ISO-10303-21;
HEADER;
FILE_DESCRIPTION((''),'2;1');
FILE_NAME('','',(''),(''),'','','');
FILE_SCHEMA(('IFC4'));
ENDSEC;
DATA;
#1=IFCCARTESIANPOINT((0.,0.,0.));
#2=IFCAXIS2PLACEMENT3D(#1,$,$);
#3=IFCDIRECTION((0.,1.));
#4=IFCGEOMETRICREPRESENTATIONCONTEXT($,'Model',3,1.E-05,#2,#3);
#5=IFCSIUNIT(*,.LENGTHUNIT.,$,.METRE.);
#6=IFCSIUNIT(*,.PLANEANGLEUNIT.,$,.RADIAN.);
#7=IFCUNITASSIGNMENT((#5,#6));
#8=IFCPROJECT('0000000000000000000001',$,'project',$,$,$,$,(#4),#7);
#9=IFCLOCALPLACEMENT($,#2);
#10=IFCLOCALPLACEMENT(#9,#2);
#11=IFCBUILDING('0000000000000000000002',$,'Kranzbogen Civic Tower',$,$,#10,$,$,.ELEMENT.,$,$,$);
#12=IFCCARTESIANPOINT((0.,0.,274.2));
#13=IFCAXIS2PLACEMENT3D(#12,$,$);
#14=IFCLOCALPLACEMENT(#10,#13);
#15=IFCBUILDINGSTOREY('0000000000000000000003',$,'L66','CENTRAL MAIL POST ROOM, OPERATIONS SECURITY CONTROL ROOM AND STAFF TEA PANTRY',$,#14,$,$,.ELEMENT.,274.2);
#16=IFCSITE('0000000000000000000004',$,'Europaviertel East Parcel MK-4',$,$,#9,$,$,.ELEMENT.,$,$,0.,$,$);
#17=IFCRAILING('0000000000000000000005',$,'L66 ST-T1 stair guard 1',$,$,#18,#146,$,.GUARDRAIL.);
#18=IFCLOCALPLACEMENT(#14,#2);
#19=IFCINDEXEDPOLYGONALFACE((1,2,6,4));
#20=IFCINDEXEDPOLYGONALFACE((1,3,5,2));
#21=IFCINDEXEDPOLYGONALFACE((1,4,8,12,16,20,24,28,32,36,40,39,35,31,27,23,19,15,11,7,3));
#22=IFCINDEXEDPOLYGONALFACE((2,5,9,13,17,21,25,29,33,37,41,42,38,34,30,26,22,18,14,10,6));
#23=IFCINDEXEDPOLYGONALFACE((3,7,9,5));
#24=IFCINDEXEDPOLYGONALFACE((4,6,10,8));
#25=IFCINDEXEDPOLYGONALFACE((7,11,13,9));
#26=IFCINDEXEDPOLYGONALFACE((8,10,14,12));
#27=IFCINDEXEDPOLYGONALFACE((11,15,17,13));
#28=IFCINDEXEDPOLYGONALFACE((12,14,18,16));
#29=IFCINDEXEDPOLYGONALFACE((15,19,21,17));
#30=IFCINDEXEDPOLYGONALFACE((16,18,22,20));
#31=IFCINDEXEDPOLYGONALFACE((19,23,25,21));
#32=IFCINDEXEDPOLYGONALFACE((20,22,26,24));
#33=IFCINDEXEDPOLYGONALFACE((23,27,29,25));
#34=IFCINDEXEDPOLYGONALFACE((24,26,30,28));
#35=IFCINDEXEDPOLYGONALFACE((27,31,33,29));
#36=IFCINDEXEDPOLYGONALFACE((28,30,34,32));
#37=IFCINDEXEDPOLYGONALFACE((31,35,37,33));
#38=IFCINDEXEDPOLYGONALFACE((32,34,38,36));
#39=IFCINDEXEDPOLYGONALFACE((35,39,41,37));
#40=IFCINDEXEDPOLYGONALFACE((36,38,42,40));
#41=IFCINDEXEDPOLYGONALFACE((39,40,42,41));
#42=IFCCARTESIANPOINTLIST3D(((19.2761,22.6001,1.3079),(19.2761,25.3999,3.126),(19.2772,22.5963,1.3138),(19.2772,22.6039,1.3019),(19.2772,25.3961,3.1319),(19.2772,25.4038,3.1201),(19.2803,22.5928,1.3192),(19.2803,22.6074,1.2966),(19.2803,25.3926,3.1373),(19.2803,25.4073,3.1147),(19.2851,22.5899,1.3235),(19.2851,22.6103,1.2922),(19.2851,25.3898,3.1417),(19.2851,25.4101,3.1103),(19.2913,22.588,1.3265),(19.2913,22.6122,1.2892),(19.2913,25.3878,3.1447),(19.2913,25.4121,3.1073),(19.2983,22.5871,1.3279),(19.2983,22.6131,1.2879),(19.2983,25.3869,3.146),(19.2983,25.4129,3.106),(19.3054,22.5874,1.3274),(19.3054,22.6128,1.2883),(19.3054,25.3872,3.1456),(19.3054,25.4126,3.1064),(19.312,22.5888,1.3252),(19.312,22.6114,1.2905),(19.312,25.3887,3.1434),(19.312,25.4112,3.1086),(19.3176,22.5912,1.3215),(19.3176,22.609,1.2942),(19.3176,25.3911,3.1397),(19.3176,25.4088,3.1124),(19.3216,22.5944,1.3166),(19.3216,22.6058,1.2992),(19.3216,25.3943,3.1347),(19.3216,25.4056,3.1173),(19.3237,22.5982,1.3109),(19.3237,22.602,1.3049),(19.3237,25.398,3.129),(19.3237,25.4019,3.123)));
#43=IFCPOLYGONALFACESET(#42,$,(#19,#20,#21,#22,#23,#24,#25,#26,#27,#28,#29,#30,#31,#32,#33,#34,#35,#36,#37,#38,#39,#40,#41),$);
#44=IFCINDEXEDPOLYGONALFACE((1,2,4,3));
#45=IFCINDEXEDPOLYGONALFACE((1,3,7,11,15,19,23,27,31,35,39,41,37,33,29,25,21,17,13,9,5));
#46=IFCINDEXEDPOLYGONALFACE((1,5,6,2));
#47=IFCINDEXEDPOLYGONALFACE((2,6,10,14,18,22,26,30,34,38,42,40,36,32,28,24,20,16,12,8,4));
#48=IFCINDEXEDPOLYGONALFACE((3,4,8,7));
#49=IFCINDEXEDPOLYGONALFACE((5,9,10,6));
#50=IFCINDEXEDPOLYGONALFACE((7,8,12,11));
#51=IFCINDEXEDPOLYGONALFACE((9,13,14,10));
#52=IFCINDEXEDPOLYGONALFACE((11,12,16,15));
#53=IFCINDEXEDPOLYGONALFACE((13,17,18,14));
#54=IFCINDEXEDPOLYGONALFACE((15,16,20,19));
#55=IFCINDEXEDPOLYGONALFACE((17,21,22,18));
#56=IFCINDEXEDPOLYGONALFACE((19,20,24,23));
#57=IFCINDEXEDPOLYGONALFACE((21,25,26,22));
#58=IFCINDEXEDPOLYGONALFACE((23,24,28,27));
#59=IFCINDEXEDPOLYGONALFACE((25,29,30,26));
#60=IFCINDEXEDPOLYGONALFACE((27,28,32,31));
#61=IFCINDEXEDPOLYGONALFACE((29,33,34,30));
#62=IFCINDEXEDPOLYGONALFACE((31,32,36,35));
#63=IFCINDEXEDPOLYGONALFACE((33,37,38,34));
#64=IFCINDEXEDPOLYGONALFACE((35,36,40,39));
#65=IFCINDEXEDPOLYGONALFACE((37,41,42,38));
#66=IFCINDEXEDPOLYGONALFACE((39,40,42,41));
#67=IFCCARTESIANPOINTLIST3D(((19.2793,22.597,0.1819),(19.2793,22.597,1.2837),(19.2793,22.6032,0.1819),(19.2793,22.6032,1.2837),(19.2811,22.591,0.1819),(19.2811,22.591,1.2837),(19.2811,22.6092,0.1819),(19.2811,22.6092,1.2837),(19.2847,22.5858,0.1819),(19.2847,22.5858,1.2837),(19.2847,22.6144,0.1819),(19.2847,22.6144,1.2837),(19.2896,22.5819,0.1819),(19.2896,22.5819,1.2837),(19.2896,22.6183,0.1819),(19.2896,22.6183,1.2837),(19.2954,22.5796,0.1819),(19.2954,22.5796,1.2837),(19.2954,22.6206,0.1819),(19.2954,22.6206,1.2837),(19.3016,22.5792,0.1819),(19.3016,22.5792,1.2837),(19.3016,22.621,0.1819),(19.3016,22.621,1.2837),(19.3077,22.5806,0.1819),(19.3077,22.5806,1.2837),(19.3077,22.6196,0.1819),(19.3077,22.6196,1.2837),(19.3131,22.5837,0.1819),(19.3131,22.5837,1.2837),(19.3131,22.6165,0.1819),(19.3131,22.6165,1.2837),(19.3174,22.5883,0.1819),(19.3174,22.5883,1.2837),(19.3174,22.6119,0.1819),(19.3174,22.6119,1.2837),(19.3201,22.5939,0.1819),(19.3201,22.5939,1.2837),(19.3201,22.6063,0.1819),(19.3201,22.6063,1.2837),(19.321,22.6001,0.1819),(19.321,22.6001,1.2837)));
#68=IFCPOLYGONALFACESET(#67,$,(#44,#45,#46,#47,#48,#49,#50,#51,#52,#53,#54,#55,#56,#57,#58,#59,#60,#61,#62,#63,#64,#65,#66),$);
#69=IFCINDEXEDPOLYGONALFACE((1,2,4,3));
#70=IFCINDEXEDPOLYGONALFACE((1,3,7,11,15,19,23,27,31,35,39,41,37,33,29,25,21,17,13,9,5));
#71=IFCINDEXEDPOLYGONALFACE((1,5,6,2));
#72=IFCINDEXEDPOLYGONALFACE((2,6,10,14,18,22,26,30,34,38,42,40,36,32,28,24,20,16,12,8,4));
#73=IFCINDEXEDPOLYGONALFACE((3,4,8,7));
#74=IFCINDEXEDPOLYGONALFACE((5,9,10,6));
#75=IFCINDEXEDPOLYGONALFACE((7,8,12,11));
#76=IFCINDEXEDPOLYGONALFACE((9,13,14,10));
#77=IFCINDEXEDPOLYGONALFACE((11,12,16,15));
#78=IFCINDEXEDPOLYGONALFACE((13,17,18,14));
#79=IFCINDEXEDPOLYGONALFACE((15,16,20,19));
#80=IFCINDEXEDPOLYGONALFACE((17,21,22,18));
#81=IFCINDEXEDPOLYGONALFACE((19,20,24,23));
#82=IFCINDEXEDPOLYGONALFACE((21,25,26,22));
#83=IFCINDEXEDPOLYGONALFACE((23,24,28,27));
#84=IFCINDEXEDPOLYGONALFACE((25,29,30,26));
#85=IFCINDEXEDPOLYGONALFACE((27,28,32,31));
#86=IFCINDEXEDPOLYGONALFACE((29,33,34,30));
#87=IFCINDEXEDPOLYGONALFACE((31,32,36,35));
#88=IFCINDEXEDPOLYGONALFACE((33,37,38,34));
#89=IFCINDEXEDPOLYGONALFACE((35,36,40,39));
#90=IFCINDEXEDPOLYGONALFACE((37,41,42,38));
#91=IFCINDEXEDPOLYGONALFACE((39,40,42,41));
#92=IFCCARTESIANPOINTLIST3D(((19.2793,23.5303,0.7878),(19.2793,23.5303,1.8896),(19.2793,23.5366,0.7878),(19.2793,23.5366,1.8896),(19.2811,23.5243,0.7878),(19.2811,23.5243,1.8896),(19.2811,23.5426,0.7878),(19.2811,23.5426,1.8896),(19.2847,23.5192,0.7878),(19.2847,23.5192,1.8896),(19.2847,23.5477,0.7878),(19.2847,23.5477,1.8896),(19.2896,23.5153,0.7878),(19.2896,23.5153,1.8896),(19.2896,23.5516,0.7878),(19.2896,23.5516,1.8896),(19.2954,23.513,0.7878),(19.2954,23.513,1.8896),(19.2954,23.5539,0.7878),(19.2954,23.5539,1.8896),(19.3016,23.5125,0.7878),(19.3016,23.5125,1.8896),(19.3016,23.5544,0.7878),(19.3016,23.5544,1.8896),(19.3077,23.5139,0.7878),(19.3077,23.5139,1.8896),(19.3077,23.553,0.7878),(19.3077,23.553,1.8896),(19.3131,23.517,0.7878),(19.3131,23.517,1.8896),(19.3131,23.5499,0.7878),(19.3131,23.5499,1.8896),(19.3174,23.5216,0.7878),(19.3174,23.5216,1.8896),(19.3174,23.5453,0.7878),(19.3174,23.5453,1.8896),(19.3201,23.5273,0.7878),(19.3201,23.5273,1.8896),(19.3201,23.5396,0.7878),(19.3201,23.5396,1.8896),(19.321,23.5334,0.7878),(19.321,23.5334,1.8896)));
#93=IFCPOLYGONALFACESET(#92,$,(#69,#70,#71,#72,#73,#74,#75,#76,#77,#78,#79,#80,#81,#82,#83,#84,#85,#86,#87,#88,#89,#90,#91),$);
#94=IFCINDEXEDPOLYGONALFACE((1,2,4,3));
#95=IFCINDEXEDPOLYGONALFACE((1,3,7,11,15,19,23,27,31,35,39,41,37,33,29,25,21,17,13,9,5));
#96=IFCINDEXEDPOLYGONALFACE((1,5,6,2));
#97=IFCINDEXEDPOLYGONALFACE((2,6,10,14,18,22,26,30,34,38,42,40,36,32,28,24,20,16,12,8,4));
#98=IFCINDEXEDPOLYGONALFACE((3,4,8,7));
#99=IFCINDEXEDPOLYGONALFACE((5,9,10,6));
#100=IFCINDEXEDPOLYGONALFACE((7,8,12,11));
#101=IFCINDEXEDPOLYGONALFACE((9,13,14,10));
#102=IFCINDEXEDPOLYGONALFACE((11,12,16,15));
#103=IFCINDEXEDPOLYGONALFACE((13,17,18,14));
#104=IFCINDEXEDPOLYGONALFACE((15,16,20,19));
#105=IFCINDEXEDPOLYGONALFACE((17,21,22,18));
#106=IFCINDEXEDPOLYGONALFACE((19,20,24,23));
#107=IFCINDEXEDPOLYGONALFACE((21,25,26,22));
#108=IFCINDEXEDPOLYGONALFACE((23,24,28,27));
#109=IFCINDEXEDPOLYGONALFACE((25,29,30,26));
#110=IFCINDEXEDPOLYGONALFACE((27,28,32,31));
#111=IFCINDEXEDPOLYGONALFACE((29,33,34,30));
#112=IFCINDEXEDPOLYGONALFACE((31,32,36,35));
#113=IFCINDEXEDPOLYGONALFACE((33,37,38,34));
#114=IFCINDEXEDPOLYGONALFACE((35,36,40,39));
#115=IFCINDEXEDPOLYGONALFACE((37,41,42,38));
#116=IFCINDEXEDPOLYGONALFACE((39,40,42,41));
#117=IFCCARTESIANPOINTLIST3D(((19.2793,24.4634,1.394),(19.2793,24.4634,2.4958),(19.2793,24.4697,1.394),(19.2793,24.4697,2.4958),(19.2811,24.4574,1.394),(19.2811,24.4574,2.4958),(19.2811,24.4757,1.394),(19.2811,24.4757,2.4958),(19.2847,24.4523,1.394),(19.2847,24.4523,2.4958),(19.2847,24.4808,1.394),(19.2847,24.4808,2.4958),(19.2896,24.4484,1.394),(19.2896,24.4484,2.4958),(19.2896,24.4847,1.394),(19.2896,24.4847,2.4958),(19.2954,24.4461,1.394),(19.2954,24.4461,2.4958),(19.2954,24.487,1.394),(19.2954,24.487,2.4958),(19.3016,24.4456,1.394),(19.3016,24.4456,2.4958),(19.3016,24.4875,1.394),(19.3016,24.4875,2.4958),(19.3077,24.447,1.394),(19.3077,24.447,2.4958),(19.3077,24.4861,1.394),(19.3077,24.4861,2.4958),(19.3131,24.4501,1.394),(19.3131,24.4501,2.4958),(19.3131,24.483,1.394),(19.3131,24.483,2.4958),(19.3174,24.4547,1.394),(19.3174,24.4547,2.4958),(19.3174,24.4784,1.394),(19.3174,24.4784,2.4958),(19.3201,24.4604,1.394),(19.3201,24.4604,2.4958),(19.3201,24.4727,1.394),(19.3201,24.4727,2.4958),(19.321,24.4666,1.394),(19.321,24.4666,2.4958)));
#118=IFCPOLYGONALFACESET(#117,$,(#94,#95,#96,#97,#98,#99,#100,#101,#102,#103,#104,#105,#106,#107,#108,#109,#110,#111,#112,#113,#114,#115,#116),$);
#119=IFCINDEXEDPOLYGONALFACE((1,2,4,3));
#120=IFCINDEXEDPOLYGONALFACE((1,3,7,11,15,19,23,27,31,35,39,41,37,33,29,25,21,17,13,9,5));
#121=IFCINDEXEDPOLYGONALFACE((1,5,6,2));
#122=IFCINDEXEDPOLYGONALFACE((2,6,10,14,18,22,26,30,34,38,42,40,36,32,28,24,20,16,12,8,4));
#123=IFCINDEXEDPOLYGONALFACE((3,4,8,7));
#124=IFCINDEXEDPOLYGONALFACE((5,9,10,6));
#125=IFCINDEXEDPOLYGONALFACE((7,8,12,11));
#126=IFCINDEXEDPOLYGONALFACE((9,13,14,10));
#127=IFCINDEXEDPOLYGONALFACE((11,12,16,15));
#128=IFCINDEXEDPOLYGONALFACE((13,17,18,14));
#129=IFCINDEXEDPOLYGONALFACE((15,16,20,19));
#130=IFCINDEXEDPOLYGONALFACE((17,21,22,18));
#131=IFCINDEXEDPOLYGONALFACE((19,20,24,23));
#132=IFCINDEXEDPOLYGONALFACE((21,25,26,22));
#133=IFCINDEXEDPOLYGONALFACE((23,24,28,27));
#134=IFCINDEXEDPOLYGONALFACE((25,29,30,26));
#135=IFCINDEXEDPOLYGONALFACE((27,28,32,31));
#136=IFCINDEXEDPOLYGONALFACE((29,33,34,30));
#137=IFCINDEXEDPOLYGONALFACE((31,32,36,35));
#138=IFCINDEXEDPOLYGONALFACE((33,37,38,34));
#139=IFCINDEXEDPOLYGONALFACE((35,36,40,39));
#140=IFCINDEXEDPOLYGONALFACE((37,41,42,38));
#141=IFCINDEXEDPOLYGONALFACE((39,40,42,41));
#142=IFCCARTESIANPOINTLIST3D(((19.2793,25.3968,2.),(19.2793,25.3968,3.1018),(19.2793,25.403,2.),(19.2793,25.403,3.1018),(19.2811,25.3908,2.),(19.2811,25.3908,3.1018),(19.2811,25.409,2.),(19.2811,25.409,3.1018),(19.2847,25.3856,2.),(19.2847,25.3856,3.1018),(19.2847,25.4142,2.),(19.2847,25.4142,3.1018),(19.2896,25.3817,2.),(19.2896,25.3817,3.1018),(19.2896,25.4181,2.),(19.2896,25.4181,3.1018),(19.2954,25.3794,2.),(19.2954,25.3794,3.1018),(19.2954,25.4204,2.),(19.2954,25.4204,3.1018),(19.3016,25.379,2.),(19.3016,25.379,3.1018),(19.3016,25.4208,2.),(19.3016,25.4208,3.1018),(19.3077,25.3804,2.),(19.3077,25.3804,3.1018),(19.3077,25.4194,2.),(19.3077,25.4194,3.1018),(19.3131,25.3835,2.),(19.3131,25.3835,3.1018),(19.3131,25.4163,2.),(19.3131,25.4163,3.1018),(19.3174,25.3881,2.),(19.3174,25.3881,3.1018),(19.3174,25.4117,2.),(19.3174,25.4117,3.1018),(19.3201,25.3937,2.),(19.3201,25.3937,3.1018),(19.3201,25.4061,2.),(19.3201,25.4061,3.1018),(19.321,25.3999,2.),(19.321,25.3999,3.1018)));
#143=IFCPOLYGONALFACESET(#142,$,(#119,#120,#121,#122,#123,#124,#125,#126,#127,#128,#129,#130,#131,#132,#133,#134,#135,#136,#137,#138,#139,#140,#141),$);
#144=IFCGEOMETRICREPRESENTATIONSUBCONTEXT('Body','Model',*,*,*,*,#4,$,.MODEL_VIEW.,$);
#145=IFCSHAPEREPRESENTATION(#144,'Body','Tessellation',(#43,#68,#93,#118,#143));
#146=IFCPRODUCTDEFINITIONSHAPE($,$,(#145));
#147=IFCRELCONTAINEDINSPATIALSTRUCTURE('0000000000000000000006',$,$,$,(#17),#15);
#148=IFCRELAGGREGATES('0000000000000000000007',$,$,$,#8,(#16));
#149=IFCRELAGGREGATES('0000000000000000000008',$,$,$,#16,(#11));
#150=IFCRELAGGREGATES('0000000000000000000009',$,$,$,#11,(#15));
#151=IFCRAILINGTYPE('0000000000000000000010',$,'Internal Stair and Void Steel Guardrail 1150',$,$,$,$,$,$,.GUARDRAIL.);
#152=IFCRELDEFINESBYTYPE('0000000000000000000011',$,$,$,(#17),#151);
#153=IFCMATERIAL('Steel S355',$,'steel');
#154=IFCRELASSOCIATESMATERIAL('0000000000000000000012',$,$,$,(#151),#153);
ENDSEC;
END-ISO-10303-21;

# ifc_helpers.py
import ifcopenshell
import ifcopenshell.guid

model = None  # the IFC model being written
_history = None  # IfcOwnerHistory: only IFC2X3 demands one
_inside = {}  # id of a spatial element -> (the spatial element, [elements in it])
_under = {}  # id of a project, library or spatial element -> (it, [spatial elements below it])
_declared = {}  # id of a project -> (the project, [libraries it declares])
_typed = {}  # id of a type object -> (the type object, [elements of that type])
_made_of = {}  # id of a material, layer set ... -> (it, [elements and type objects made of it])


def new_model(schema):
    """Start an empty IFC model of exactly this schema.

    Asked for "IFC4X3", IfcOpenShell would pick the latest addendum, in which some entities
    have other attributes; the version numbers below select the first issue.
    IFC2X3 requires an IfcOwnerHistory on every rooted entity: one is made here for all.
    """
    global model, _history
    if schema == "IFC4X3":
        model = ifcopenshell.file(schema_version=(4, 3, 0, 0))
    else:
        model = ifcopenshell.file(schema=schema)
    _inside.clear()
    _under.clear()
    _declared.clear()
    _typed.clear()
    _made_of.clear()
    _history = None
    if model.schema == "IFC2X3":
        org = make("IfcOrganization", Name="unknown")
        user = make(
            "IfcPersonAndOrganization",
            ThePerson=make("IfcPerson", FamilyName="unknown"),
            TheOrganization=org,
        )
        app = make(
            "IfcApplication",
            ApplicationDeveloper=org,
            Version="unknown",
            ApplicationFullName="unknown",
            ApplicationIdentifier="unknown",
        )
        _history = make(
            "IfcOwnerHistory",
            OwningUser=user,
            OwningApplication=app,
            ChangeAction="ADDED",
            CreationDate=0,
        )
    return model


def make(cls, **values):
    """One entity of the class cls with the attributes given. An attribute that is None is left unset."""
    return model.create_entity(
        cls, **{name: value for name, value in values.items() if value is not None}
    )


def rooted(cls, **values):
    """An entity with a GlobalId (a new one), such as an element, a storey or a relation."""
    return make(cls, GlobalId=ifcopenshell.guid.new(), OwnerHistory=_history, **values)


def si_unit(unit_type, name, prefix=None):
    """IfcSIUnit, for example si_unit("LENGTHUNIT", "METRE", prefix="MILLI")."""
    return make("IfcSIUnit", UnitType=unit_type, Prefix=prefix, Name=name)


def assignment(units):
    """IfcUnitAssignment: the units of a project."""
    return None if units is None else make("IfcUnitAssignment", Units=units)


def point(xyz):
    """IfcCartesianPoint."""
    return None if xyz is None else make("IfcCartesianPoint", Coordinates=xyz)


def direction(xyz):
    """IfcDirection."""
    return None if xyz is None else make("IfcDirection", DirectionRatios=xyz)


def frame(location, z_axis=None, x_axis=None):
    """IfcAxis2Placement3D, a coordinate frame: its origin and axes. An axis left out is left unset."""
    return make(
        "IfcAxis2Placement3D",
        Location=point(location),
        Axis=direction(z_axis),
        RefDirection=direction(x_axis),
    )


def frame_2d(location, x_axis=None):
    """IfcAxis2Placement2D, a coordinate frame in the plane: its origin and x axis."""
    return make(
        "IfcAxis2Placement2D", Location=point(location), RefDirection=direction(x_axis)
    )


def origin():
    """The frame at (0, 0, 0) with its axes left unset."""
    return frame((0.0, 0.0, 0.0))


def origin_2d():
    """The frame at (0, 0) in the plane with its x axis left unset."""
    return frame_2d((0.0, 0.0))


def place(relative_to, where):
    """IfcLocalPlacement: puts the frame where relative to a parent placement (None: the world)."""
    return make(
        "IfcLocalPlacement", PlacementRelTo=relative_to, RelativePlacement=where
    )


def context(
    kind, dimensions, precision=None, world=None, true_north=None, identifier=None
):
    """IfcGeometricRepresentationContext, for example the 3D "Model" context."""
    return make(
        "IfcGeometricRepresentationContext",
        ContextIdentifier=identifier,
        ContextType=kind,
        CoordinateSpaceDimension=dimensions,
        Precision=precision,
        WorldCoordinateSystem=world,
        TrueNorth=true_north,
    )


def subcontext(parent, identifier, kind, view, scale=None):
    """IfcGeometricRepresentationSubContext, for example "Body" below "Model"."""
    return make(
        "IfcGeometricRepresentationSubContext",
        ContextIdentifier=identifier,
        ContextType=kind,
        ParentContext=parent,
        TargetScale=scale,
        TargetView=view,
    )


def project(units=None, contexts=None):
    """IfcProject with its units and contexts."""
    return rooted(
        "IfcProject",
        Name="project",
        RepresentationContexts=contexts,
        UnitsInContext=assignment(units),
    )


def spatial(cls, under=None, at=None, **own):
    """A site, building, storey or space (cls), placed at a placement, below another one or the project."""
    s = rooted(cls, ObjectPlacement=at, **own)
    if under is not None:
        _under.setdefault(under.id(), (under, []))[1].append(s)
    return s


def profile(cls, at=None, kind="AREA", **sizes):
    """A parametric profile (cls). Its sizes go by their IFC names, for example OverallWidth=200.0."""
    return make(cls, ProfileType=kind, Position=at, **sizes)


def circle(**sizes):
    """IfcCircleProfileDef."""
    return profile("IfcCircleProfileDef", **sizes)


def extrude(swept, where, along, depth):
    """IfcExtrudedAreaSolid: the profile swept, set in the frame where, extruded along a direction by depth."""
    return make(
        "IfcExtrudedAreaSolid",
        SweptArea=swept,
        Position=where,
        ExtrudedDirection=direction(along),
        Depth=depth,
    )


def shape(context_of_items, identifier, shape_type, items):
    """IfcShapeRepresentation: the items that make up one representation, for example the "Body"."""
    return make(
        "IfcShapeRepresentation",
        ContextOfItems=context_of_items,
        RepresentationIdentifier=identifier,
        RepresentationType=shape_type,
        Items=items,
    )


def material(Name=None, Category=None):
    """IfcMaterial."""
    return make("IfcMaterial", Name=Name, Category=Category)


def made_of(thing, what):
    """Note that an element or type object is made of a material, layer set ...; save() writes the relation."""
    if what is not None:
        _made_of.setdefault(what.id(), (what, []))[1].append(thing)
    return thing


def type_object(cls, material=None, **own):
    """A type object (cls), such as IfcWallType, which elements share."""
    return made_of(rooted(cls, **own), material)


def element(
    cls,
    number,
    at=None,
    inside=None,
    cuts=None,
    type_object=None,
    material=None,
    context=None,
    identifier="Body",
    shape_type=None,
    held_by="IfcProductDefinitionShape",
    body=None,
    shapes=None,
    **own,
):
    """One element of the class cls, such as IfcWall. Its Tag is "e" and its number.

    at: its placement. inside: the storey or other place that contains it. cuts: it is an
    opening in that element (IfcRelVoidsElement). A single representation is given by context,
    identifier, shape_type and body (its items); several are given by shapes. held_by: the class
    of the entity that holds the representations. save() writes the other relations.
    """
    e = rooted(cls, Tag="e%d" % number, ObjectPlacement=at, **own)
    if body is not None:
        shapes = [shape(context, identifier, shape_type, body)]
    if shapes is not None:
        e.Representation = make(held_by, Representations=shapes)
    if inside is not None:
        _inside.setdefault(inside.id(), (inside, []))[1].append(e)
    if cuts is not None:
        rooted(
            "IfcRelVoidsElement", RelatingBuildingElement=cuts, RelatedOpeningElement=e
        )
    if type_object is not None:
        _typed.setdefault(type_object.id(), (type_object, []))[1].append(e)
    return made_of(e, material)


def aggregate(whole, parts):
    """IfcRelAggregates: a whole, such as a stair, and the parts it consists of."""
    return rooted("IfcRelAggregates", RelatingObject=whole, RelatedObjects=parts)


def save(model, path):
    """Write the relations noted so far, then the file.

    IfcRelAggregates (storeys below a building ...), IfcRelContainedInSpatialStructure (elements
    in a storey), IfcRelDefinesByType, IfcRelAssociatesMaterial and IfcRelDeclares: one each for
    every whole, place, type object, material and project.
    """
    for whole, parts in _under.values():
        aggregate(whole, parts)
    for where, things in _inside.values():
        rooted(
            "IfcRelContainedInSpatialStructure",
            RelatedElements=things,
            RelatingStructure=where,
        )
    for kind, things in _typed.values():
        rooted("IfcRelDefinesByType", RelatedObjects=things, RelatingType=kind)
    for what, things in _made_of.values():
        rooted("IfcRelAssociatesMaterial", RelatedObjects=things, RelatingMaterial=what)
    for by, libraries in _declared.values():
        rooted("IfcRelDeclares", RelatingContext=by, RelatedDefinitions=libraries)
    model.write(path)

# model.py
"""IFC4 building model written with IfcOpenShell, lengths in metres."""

from ifc_helpers import new_model, si_unit, direction, frame, origin, origin_2d, place, context, subcontext, project, spatial, circle, extrude, material, type_object, element, save


model = new_model("IFC4")

# Units and contexts
model_context = context("Model", 3, precision=1e-05, world=origin(), true_north=direction((0.0, 1.0)))
body_context = subcontext(model_context, "Body", "Model", "MODEL_VIEW")
ifc_project = project(units=[si_unit("LENGTHUNIT", "METRE"), si_unit("PLANEANGLEUNIT", "RADIAN")], contexts=[model_context])

# Site, building, storey
site_placement = place(None, origin())
site = spatial("IfcSite", under=ifc_project, at=site_placement, Name="Europaviertel East Parcel MK-4", CompositionType="ELEMENT", RefElevation=0.0)
building_placement = place(site_placement, origin())
building = spatial("IfcBuilding", under=site, at=building_placement, Name="Kranzbogen Civic Tower", CompositionType="ELEMENT")
storey_placement = place(building_placement, frame((0.0, 0.0, 274.2)))
storey = spatial("IfcBuildingStorey", under=building, at=storey_placement, Name="L66", Description="CENTRAL MAIL POST ROOM, OPERATIONS SECURITY CONTROL ROOM AND STAFF TEA PANTRY", CompositionType="ELEMENT", Elevation=274.2)

# Shared definitions
ifc_material_1 = material(Name="Steel S355", Category="steel")

# Railing
railing_type_1 = type_object("IfcRailingType", Name="Internal Stair and Void Steel Guardrail 1150", PredefinedType="GUARDRAIL", material=ifc_material_1)
railing_1_placement = place(storey_placement, frame((19.3, 22.6001, 0.1819)))
element("IfcRailing", 1, at=railing_1_placement, inside=storey, type_object=railing_type_1, Name="L66 ST-T1 stair guard 1", PredefinedType="GUARDRAIL", context=body_context, shape_type="SweptSolid", body=[
    extrude(circle(Radius=0.0239, at=origin_2d()), frame((0.0, 0.0, 1.126), z_axis=(0.0, 0.838684, 0.544618), x_axis=(-1.0, 0.0, 0.0)), (0.0, 0.0, 1.0), 3.3384),
    extrude(circle(Radius=0.021, at=origin_2d()), origin(), (0.0, 0.0, 1.0), 1.1018),
    extrude(circle(Radius=0.021, at=origin_2d()), frame((0.0, 0.9333, 0.606)), (0.0, 0.0, 1.0), 1.1018),
    extrude(circle(Radius=0.021, at=origin_2d()), frame((0.0, 1.8665, 1.2122)), (0.0, 0.0, 1.0), 1.1018),
    extrude(circle(Radius=0.021, at=origin_2d()), frame((0.0, 2.7998, 1.8181)), (0.0, 0.0, 1.0), 1.1018),
])

save(model, "model.ifc")
